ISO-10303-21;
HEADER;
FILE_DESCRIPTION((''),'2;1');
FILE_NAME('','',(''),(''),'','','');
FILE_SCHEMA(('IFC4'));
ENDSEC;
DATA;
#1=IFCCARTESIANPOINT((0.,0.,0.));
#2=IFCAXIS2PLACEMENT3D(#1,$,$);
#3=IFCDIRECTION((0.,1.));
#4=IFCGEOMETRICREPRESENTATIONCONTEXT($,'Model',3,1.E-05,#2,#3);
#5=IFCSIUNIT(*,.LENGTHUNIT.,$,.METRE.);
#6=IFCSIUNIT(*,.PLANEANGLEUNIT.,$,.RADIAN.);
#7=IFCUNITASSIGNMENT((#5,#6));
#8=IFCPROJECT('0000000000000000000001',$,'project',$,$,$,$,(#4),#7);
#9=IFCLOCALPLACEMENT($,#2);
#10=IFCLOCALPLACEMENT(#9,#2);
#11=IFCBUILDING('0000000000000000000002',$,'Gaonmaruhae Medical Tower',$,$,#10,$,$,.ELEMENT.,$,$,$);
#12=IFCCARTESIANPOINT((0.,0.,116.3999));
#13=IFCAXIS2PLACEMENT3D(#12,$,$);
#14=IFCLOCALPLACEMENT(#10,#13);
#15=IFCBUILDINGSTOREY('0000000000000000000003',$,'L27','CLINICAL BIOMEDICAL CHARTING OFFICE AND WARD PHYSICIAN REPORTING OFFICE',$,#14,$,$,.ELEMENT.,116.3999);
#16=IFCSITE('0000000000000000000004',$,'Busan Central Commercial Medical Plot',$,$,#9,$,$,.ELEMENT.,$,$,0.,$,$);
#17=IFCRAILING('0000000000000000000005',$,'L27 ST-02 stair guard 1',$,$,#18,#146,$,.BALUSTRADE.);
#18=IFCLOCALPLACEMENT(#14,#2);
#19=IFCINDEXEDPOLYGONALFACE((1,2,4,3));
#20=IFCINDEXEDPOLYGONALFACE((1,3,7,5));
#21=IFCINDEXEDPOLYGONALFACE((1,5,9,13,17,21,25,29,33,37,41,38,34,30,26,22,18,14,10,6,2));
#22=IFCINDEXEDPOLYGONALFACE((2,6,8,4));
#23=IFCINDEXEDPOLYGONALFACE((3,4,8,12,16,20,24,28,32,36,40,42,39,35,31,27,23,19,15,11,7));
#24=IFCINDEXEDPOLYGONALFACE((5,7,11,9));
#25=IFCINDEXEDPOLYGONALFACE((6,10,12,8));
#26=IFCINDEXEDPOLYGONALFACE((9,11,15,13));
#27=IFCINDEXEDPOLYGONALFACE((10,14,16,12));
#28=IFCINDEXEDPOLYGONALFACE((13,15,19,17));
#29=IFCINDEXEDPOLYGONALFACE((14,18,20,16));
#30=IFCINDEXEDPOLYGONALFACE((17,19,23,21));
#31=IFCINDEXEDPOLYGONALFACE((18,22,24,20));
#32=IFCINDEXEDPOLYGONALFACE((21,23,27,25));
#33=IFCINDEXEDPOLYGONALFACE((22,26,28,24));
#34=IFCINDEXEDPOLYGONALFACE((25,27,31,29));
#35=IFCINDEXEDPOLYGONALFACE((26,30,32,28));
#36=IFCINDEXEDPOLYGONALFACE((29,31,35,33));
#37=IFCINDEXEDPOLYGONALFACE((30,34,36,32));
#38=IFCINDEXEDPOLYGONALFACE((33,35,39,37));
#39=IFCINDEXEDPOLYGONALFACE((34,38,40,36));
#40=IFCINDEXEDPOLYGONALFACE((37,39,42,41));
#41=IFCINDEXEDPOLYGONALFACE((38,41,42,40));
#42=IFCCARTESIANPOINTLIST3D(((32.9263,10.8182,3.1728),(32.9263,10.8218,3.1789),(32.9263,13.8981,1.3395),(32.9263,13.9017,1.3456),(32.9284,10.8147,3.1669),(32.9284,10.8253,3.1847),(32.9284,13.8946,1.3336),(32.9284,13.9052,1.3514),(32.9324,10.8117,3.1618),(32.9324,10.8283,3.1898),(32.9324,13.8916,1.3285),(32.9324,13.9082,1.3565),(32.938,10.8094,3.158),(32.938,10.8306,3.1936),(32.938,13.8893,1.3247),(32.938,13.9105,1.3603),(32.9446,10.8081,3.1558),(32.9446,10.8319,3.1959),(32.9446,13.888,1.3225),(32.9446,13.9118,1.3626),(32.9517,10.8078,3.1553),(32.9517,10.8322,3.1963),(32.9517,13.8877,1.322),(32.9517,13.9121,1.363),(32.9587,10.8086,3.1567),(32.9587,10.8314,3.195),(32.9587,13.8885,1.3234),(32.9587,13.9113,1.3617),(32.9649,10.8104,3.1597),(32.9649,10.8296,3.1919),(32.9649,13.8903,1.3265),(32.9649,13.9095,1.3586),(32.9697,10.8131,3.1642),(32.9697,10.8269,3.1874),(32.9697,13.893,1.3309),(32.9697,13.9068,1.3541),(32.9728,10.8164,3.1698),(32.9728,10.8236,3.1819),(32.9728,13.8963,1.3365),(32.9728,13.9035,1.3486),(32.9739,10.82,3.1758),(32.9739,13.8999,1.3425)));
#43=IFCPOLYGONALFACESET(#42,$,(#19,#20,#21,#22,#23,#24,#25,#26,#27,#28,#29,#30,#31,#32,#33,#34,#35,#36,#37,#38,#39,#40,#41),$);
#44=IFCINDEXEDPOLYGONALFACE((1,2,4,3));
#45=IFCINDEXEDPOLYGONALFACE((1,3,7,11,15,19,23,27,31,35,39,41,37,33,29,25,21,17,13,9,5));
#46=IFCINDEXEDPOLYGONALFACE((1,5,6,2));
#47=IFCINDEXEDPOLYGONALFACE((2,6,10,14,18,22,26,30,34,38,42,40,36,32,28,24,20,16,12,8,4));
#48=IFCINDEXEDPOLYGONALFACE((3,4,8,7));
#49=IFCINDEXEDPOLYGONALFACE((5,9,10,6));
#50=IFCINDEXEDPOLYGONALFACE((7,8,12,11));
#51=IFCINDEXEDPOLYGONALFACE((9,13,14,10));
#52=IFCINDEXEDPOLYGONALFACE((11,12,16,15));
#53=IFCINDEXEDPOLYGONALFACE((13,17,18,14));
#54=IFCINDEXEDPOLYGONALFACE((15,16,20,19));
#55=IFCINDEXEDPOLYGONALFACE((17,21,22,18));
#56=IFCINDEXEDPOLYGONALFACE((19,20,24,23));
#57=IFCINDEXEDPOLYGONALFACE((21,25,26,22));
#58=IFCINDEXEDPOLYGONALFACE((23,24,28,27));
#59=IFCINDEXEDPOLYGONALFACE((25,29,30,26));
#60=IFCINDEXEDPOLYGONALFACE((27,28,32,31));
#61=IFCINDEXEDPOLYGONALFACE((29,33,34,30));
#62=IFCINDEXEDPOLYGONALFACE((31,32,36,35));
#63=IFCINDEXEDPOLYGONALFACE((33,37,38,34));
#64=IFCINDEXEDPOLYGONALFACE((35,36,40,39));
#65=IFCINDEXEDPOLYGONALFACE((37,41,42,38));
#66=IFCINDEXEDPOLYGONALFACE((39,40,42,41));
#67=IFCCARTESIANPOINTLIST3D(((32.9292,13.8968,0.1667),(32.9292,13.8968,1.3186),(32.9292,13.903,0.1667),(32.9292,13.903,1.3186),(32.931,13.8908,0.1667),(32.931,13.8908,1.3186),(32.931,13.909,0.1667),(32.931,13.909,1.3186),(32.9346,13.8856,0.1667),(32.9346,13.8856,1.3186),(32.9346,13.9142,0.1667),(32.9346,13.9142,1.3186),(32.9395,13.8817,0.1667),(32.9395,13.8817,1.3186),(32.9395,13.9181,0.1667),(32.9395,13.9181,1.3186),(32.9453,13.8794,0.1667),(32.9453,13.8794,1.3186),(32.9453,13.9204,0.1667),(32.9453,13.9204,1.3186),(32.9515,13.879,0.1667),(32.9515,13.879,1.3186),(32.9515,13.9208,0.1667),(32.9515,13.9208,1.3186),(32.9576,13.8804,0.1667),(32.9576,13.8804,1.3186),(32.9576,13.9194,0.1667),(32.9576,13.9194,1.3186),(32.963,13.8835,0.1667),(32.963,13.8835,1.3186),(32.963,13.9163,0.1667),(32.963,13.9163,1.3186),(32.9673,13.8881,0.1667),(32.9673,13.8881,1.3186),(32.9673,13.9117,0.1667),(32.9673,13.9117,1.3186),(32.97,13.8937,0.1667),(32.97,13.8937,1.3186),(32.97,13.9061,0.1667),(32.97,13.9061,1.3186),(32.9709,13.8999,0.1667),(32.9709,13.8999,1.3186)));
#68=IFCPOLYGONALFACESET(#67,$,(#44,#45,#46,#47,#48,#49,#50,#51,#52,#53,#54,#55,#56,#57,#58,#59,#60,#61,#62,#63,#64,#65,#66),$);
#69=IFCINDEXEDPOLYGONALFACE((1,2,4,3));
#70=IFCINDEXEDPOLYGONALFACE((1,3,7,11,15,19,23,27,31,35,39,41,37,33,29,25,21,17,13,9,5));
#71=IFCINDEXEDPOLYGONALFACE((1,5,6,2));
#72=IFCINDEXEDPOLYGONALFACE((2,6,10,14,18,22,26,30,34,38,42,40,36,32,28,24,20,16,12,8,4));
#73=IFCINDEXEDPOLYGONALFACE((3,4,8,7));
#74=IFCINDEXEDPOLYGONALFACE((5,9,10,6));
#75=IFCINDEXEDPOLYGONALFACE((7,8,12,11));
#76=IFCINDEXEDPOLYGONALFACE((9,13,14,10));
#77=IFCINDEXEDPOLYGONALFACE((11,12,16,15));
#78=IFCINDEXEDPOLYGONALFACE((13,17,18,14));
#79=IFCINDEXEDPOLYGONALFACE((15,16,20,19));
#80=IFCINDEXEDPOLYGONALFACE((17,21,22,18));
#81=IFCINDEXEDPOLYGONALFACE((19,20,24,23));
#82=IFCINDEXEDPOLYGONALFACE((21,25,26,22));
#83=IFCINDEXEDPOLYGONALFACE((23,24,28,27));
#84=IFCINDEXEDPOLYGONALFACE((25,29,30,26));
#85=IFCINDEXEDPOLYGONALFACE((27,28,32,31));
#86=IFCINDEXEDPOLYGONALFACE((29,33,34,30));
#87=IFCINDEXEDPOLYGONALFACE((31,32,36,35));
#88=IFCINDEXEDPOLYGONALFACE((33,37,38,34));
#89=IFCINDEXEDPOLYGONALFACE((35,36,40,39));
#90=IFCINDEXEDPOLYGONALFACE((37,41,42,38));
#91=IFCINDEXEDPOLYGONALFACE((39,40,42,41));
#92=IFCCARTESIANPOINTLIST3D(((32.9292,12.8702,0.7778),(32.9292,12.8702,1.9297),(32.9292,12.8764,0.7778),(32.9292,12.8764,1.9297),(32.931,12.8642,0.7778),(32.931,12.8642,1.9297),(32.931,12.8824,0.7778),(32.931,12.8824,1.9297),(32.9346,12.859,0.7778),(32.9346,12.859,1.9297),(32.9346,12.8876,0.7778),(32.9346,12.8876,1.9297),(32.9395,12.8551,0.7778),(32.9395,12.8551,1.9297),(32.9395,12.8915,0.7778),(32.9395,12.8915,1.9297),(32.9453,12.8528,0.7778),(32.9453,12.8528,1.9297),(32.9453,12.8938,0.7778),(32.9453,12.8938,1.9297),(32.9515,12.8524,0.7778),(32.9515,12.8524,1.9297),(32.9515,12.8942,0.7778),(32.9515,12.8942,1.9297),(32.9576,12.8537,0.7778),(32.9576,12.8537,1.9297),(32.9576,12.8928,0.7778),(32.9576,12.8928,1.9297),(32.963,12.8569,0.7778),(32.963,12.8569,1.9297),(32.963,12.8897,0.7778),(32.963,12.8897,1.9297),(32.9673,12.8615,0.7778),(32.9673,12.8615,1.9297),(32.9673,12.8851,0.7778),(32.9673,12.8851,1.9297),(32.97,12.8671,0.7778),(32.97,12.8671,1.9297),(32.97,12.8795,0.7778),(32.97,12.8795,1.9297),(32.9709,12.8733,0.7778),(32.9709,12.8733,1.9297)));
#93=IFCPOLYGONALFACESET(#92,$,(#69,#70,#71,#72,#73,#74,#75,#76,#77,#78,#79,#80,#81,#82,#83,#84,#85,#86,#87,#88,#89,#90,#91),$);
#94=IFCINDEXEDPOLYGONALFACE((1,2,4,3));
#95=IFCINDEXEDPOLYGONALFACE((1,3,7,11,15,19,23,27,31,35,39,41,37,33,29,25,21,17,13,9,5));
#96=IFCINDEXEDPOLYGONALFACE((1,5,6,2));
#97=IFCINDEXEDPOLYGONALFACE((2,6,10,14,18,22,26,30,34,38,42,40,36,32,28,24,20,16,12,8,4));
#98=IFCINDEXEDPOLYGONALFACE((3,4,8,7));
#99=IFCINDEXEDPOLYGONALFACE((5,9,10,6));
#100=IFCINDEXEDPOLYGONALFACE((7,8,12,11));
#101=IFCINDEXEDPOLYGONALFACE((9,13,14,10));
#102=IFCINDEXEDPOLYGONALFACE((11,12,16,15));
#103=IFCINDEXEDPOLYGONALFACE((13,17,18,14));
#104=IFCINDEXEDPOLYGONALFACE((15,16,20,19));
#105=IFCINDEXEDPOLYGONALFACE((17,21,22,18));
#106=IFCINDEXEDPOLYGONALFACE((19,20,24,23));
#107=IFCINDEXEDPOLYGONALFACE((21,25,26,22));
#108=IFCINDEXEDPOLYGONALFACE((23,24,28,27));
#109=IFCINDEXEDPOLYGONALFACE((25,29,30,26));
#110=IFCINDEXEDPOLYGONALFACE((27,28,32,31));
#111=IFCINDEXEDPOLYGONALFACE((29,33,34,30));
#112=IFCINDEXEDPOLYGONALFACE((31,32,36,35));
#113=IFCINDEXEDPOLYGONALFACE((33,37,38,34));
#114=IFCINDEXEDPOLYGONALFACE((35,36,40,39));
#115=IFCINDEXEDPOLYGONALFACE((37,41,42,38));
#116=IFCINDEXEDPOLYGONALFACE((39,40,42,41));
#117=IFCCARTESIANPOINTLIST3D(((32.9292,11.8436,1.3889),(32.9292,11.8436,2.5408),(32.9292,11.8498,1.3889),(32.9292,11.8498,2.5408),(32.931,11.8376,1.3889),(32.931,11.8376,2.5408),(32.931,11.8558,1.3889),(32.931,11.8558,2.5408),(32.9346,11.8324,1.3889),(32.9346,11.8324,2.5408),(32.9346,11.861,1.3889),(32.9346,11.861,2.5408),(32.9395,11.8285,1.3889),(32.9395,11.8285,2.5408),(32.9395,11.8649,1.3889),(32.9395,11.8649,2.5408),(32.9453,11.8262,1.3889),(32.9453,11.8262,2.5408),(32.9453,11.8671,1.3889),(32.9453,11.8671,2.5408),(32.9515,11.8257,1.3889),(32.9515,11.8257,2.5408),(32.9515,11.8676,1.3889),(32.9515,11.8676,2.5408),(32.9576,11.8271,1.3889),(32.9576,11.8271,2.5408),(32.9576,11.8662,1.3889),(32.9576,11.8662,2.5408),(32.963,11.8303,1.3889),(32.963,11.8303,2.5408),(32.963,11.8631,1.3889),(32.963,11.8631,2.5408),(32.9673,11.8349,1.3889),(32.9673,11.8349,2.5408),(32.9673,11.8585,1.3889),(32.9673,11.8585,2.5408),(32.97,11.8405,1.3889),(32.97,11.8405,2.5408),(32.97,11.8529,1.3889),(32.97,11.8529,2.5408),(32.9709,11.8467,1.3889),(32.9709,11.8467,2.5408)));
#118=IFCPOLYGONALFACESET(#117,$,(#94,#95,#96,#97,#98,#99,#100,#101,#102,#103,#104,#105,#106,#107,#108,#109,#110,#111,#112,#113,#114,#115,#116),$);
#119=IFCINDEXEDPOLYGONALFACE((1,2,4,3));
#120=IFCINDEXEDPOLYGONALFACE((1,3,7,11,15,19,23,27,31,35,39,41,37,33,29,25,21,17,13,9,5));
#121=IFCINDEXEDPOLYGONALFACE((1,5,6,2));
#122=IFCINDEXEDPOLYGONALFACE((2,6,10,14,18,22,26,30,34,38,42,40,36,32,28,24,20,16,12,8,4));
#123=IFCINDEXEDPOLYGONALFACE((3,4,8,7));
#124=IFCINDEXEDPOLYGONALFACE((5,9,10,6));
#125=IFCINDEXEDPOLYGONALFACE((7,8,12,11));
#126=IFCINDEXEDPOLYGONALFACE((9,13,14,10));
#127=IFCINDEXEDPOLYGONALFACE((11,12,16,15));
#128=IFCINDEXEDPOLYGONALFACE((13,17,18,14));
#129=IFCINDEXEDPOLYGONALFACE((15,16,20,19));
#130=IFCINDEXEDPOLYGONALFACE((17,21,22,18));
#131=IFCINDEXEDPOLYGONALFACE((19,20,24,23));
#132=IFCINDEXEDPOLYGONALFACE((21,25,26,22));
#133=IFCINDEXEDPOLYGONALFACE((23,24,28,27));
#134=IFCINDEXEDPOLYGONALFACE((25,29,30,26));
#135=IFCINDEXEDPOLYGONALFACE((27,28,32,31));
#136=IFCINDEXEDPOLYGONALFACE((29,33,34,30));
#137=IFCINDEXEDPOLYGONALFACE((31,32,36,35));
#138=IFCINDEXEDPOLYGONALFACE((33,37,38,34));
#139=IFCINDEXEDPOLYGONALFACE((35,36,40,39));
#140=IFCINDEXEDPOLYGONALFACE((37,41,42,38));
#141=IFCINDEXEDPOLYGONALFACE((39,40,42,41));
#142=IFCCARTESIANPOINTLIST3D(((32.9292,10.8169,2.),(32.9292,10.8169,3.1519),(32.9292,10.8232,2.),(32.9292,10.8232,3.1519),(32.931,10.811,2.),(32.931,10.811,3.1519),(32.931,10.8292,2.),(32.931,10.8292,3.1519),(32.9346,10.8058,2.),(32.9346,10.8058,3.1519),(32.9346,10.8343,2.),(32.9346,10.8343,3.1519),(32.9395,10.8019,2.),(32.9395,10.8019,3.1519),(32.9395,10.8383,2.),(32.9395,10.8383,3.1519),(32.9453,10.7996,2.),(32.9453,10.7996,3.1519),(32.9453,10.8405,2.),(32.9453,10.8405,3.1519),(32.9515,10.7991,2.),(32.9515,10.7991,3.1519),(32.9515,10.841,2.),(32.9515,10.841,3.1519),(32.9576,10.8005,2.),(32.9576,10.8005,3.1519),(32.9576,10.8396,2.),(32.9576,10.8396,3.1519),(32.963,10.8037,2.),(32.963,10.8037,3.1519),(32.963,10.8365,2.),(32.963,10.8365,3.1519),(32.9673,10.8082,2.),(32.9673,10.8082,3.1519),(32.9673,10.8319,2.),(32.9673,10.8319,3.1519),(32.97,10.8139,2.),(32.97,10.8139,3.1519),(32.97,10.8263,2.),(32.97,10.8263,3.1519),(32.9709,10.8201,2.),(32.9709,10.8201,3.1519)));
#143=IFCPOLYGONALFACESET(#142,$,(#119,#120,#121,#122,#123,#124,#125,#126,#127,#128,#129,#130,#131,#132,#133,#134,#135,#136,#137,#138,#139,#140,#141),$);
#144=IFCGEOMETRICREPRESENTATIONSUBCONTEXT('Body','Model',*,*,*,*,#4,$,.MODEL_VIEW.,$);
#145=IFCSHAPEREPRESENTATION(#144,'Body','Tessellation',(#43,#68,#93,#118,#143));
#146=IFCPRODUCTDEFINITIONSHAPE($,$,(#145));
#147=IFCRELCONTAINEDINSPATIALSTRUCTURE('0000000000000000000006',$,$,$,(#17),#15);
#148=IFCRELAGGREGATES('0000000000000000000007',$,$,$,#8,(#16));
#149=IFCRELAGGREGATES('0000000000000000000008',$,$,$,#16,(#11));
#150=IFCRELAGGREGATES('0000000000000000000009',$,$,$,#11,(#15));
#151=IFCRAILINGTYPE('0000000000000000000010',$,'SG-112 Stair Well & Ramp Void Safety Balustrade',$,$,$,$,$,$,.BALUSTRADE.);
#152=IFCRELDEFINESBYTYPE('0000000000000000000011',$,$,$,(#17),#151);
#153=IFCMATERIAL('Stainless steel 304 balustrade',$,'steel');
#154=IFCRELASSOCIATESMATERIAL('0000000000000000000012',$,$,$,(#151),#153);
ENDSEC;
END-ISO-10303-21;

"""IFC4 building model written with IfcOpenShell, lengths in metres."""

from ifc_helpers import new_model, si_unit, direction, frame, origin, origin_2d, place, context, subcontext, project, spatial, circle, extrude, material, type_object, element, save


model = new_model("IFC4")

# Units and contexts
model_context = context("Model", 3, precision=1e-05, world=origin(), true_north=direction((0.0, 1.0)))
body_context = subcontext(model_context, "Body", "Model", "MODEL_VIEW")
ifc_project = project(units=[si_unit("LENGTHUNIT", "METRE"), si_unit("PLANEANGLEUNIT", "RADIAN")], contexts=[model_context])

# Site, building, storey
site_placement = place(None, origin())
site = spatial("IfcSite", under=ifc_project, at=site_placement, Name="Busan Central Commercial Medical Plot", CompositionType="ELEMENT", RefElevation=0.0)
building_placement = place(site_placement, origin())
building = spatial("IfcBuilding", under=site, at=building_placement, Name="Gaonmaruhae Medical Tower", CompositionType="ELEMENT")
storey_placement = place(building_placement, frame((0.0, 0.0, 116.3999)))
storey = spatial("IfcBuildingStorey", under=building, at=storey_placement, Name="L27", Description="CLINICAL BIOMEDICAL CHARTING OFFICE AND WARD PHYSICIAN REPORTING OFFICE", CompositionType="ELEMENT", Elevation=116.3999)

# Railing
ifc_material_1 = material(Name="Stainless steel 304 balustrade", Category="steel")
railing_type = type_object("IfcRailingType", Name="SG-112 Stair Well & Ramp Void Safety Balustrade", PredefinedType="BALUSTRADE", material=ifc_material_1)
railing_1_placement = place(storey_placement, frame((32.95, 13.8999, 0.1667)))
element("IfcRailing", 1, at=railing_1_placement, inside=storey, type_object=railing_type, Name="L27 ST-02 stair guard 1", PredefinedType="BALUSTRADE", context=body_context, shape_type="SweptSolid", body=[
    extrude(circle(Radius=0.0239, at=origin_2d()), frame((0.0, 0.0, 1.1758), z_axis=(0.0, -0.859291, 0.511487), x_axis=(1.0, 0.0, 0.0)), (0.0, 0.0, 1.0), 3.5842),
    extrude(circle(Radius=0.021, at=origin_2d()), origin(), (0.0, 0.0, 1.0), 1.1519),
    extrude(circle(Radius=0.021, at=origin_2d()), frame((0.0, -1.0266, 0.6111)), (0.0, 0.0, 1.0), 1.1519),
    extrude(circle(Radius=0.021, at=origin_2d()), frame((0.0, -2.0532, 1.2222)), (0.0, 0.0, 1.0), 1.1519),
    extrude(circle(Radius=0.021, at=origin_2d()), frame((0.0, -3.0798, 1.8333)), (0.0, 0.0, 1.0), 1.1519),
])

save(model, "model.ifc")
